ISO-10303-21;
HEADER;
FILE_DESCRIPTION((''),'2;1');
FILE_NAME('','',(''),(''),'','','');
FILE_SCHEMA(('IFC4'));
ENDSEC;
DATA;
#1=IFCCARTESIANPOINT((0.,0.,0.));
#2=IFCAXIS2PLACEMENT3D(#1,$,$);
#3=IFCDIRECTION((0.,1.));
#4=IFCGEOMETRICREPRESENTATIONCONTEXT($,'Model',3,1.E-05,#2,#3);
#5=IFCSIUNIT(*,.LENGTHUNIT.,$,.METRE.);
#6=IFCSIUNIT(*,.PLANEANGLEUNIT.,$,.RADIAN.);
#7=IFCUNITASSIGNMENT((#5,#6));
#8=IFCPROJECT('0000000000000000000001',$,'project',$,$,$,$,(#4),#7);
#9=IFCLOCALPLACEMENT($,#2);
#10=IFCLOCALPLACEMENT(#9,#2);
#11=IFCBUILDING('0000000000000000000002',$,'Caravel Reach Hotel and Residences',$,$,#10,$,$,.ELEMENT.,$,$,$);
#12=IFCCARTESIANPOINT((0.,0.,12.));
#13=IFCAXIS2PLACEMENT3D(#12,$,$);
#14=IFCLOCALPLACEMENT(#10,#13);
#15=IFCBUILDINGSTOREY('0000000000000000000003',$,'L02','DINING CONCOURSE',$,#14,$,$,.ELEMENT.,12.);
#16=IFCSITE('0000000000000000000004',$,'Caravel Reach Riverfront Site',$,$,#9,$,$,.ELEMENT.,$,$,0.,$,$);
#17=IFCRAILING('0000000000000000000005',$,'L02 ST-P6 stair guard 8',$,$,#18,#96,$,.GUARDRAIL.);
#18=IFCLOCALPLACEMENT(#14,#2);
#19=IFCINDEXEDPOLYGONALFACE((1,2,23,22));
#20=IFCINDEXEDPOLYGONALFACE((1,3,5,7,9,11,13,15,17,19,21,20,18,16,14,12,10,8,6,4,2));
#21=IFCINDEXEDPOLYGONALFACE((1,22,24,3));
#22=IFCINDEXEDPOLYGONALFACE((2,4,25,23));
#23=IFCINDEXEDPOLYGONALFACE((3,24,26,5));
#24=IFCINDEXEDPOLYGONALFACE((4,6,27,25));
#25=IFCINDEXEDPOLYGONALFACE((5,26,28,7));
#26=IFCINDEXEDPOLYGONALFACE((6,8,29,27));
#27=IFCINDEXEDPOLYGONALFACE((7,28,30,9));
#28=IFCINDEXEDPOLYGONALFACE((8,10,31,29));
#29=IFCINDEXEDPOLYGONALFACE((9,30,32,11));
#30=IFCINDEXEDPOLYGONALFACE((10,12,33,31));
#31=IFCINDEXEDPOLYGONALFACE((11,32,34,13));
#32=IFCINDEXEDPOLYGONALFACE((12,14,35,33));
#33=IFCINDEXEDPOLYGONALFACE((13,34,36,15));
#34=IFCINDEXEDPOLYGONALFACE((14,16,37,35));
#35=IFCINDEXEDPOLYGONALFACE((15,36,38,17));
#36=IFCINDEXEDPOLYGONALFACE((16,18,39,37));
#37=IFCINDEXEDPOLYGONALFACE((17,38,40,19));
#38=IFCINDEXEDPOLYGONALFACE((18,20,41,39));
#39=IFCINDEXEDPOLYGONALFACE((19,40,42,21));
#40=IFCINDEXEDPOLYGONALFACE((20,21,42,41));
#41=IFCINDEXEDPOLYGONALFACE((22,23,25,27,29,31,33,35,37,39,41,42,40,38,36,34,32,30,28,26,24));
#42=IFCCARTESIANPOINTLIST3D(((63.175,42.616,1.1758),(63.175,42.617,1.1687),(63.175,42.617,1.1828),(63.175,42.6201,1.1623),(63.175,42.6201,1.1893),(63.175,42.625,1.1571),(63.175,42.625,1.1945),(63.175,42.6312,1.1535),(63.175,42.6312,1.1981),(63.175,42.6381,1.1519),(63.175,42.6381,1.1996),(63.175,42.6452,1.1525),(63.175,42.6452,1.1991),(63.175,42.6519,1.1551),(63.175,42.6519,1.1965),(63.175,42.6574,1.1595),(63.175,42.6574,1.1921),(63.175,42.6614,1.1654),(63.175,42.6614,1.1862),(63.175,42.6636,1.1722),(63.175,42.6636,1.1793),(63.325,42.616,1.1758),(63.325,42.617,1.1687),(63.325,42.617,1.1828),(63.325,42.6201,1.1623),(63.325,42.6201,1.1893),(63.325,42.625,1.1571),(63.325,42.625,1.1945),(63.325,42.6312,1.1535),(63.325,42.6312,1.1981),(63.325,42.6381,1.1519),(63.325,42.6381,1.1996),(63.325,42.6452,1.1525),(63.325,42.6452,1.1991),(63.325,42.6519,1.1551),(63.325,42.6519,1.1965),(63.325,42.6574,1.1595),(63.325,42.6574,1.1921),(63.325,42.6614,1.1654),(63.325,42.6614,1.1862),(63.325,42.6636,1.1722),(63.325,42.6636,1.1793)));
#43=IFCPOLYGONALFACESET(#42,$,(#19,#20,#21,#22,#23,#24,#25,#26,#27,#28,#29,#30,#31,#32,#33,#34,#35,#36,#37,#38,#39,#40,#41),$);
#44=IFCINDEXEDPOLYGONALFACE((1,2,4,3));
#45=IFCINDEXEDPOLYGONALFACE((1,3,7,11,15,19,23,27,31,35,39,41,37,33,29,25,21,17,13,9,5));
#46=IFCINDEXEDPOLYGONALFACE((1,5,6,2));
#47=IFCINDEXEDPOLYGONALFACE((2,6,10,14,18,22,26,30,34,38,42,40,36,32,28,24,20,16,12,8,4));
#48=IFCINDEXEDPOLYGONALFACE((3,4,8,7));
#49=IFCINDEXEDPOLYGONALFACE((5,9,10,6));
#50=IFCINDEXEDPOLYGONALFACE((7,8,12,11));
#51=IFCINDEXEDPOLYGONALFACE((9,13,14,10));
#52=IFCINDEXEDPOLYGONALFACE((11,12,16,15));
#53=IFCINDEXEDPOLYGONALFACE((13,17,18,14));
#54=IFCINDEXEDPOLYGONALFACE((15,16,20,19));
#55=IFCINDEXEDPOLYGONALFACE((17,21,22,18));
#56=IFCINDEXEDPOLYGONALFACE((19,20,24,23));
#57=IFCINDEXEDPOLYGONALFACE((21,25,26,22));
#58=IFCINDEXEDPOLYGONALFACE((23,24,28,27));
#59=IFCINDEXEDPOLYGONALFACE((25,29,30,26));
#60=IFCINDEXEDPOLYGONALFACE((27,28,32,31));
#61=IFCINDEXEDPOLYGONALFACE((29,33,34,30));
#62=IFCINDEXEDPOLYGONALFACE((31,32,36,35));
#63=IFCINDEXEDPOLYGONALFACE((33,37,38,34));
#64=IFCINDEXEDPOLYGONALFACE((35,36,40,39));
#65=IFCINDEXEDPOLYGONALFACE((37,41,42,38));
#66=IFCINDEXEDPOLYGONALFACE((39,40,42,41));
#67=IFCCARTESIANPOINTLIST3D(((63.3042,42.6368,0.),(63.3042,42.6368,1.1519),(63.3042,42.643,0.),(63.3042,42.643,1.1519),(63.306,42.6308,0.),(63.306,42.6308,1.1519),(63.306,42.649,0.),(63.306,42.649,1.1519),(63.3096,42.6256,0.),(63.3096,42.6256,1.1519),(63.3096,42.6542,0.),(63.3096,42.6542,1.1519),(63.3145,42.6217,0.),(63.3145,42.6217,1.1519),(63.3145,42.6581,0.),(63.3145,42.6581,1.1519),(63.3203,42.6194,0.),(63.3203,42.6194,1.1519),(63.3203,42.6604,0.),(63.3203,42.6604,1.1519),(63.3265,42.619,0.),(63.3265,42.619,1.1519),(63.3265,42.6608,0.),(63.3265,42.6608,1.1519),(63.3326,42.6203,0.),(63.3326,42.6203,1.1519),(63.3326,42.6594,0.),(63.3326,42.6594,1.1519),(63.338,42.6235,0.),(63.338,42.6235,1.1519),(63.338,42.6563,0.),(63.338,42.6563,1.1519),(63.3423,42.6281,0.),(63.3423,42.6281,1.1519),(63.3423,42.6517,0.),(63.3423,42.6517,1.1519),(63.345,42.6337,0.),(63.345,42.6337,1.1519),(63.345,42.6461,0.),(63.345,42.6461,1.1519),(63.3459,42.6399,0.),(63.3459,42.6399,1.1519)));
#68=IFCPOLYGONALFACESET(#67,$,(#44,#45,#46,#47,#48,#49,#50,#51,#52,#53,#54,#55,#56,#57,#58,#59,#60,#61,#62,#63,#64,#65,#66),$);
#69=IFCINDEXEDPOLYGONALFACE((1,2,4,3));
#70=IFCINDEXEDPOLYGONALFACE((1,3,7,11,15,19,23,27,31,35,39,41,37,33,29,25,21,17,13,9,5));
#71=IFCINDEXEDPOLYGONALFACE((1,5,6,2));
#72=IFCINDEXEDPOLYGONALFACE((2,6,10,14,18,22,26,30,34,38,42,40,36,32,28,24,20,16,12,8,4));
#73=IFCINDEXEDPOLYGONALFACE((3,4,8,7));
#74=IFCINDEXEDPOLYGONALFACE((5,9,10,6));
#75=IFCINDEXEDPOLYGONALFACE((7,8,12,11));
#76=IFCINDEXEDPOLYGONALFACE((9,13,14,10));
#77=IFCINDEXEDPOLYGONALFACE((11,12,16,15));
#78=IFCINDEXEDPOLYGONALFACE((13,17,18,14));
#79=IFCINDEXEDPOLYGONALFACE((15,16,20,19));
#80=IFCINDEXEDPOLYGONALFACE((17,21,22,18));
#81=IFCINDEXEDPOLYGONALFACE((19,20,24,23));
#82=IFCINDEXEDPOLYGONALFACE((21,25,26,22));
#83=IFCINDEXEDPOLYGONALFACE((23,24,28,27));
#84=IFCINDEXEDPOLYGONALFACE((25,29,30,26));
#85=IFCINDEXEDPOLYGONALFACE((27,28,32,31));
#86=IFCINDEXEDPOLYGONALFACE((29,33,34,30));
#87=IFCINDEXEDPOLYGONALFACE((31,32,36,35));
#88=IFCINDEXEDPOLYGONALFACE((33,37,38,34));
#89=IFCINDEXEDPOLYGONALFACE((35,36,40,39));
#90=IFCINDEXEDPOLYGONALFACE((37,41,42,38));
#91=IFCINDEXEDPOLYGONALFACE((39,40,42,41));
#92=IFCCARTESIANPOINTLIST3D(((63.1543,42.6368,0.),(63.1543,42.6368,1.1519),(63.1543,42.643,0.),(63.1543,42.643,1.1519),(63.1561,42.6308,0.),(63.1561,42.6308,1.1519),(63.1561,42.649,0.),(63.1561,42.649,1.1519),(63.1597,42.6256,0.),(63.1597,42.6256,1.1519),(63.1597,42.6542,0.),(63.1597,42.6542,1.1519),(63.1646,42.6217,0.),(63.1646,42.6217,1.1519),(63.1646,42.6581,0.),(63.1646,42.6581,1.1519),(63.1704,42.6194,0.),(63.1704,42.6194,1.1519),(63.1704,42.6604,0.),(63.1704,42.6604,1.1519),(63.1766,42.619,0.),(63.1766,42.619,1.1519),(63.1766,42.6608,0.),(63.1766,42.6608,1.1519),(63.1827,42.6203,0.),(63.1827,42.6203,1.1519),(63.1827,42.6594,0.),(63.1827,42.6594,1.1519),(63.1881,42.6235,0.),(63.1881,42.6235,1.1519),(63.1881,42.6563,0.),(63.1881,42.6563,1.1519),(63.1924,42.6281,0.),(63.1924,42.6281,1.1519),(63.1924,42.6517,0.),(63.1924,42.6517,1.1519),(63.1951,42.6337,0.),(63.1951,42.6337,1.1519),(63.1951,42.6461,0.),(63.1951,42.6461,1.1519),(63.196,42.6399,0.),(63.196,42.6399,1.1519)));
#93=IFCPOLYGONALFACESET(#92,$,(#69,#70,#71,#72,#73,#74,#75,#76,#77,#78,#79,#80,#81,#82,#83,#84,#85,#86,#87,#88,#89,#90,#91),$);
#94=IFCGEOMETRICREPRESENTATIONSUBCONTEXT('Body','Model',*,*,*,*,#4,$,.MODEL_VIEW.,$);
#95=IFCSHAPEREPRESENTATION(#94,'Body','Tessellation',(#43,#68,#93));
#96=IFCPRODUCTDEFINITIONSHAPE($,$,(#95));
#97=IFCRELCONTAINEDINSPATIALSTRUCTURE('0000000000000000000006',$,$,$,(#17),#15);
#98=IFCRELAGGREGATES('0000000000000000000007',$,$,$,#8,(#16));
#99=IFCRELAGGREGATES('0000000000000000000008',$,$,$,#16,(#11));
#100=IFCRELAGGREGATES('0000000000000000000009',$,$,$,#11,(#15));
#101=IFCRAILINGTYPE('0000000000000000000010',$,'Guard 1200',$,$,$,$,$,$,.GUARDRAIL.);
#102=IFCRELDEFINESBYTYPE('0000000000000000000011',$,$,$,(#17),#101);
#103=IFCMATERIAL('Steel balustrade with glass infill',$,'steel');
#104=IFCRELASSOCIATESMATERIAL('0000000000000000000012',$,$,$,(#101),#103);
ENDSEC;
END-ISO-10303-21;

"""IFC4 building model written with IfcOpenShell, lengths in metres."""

from ifc_helpers import new_model, si_unit, direction, frame, origin, origin_2d, place, context, subcontext, project, spatial, circle, extrude, material, type_object, element, save


model = new_model("IFC4")

# Units and contexts
model_context = context("Model", 3, precision=1e-05, world=origin(), true_north=direction((0.0, 1.0)))
body_context = subcontext(model_context, "Body", "Model", "MODEL_VIEW")
ifc_project = project(units=[si_unit("LENGTHUNIT", "METRE"), si_unit("PLANEANGLEUNIT", "RADIAN")], contexts=[model_context])

# Site, building, storey
site_placement = place(None, origin())
site = spatial("IfcSite", under=ifc_project, at=site_placement, Name="Caravel Reach Riverfront Site", CompositionType="ELEMENT", RefElevation=0.0)
building_placement = place(site_placement, origin())
building = spatial("IfcBuilding", under=site, at=building_placement, Name="Caravel Reach Hotel and Residences", CompositionType="ELEMENT")
storey_placement = place(building_placement, frame((0.0, 0.0, 12.0)))
storey = spatial("IfcBuildingStorey", under=building, at=storey_placement, Name="L02", Description="DINING CONCOURSE", CompositionType="ELEMENT", Elevation=12.0)

# Railing
ifc_material_1 = material(Name="Steel balustrade with glass infill", Category="steel")
railing_type_1 = type_object("IfcRailingType", Name="Guard 1200", PredefinedType="GUARDRAIL", material=ifc_material_1)
railing_1_placement = place(storey_placement, frame((63.325, 42.6399, 0.0)))
element("IfcRailing", 1, at=railing_1_placement, inside=storey, type_object=railing_type_1, Name="L02 ST-P6 stair guard 8", PredefinedType="GUARDRAIL", context=body_context, shape_type="SweptSolid", body=[
    extrude(circle(Radius=0.0239, at=origin_2d()), frame((0.0, 0.0, 1.1758), z_axis=(-1.0, 0.0, 0.0), x_axis=(0.0, -1.0, 0.0)), (0.0, 0.0, 1.0), 0.1499),
    extrude(circle(Radius=0.021, at=origin_2d()), origin(), (0.0, 0.0, 1.0), 1.1519),
    extrude(circle(Radius=0.021, at=origin_2d()), frame((-0.1499, 0.0, 0.0)), (0.0, 0.0, 1.0), 1.1519),
])

save(model, "model.ifc")
